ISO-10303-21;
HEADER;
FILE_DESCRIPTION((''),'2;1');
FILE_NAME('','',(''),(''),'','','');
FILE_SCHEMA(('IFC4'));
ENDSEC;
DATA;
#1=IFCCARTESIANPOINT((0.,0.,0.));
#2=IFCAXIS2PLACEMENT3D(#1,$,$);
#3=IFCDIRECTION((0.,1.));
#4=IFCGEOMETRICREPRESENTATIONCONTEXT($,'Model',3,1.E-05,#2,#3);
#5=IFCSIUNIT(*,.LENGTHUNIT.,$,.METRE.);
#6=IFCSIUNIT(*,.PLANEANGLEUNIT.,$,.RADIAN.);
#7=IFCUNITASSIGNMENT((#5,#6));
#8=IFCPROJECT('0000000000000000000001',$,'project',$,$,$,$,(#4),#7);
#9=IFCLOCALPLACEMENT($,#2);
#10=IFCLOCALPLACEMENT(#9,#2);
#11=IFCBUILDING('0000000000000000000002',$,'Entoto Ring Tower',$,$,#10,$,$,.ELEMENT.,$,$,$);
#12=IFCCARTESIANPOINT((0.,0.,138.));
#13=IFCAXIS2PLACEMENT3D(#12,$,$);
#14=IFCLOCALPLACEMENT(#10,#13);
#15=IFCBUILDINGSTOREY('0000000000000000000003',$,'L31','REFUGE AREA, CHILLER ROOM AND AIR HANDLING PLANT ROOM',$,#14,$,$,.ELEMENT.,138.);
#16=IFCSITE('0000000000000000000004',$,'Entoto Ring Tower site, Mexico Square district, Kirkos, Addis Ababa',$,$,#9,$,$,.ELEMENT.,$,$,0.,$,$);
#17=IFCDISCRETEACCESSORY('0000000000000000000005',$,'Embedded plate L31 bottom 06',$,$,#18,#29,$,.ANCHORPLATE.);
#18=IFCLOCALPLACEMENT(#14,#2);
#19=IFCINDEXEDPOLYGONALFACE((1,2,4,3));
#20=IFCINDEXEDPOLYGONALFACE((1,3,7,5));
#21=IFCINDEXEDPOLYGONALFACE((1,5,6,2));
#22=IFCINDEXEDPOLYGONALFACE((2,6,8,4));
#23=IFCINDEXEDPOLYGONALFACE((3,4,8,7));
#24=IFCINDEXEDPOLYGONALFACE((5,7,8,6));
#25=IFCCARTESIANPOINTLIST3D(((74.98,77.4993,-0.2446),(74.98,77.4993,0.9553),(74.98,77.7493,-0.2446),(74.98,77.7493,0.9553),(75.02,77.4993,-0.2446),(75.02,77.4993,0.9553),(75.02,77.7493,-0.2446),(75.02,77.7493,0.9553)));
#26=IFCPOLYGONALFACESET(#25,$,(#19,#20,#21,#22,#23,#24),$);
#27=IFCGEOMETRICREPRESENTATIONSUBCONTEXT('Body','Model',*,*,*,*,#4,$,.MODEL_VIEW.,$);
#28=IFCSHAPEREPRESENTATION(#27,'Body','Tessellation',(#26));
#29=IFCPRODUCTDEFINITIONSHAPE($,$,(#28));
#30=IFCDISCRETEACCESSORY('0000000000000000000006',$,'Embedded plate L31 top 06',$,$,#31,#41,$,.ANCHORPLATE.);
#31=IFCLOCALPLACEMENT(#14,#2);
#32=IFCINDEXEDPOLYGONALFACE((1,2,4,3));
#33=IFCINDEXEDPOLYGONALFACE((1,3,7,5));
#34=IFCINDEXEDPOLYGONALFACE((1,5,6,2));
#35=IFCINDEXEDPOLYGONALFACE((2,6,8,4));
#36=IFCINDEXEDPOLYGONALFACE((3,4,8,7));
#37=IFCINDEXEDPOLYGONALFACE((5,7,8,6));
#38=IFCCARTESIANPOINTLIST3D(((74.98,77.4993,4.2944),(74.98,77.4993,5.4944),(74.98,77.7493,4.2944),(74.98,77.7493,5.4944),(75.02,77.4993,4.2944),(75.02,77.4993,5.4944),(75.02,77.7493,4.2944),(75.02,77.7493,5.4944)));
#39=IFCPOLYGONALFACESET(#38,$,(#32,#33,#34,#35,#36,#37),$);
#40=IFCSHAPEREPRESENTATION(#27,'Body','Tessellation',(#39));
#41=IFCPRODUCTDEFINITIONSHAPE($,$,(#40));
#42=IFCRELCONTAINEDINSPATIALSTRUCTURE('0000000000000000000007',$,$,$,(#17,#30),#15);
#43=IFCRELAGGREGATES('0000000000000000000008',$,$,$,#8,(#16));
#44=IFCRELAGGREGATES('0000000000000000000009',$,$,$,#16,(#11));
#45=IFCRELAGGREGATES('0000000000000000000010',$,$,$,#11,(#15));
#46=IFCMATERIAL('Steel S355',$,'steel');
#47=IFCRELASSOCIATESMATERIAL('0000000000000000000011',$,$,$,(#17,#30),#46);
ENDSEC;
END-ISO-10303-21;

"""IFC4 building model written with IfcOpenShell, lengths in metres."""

from ifc_helpers import new_model, si_unit, direction, frame, origin, origin_2d, place, context, subcontext, project, spatial, rectangle, extrude, material, element, save


model = new_model("IFC4")

# Units and contexts
model_context = context("Model", 3, precision=1e-05, world=origin(), true_north=direction((0.0, 1.0)))
body_context = subcontext(model_context, "Body", "Model", "MODEL_VIEW")
ifc_project = project(units=[si_unit("LENGTHUNIT", "METRE"), si_unit("PLANEANGLEUNIT", "RADIAN")], contexts=[model_context])

# Site, building, storey
site_placement = place(None, origin())
site = spatial("IfcSite", under=ifc_project, at=site_placement, Name="Entoto Ring Tower site, Mexico Square district, Kirkos, Addis Ababa", CompositionType="ELEMENT", RefElevation=0.0)
building_placement = place(site_placement, origin())
building = spatial("IfcBuilding", under=site, at=building_placement, Name="Entoto Ring Tower", CompositionType="ELEMENT")
storey_placement = place(building_placement, frame((0.0, 0.0, 138.0)))
storey = spatial("IfcBuildingStorey", under=building, at=storey_placement, Name="L31", Description="REFUGE AREA, CHILLER ROOM AND AIR HANDLING PLANT ROOM", CompositionType="ELEMENT", Elevation=138.0)

# Discrete accessories
ifc_material_1 = material(Name="Steel S355", Category="steel")
for number, where, z_axis, x_axis, name in (
    (1, (75.0, 77.6243, -0.2446), (0.0, 0.0, 1.0), (-1.0, 0.0, 0.0), "Embedded plate L31 bottom 06"),
    (2, (75.0, 77.6243, 4.2944), (0.0, 0.0, 1.0), (-1.0, 0.0, 0.0), "Embedded plate L31 top 06"),
):
    element("IfcDiscreteAccessory", number, at=place(storey_placement, frame(where, z_axis=z_axis, x_axis=x_axis)), inside=storey, material=ifc_material_1, Name=name, PredefinedType="ANCHORPLATE", context=body_context, shape_type="SweptSolid", body=[
        extrude(rectangle(XDim=0.04, YDim=0.25, at=origin_2d()), origin(), (0.0, 0.0, 1.0), 1.2),
    ])

save(model, "model.ifc")
